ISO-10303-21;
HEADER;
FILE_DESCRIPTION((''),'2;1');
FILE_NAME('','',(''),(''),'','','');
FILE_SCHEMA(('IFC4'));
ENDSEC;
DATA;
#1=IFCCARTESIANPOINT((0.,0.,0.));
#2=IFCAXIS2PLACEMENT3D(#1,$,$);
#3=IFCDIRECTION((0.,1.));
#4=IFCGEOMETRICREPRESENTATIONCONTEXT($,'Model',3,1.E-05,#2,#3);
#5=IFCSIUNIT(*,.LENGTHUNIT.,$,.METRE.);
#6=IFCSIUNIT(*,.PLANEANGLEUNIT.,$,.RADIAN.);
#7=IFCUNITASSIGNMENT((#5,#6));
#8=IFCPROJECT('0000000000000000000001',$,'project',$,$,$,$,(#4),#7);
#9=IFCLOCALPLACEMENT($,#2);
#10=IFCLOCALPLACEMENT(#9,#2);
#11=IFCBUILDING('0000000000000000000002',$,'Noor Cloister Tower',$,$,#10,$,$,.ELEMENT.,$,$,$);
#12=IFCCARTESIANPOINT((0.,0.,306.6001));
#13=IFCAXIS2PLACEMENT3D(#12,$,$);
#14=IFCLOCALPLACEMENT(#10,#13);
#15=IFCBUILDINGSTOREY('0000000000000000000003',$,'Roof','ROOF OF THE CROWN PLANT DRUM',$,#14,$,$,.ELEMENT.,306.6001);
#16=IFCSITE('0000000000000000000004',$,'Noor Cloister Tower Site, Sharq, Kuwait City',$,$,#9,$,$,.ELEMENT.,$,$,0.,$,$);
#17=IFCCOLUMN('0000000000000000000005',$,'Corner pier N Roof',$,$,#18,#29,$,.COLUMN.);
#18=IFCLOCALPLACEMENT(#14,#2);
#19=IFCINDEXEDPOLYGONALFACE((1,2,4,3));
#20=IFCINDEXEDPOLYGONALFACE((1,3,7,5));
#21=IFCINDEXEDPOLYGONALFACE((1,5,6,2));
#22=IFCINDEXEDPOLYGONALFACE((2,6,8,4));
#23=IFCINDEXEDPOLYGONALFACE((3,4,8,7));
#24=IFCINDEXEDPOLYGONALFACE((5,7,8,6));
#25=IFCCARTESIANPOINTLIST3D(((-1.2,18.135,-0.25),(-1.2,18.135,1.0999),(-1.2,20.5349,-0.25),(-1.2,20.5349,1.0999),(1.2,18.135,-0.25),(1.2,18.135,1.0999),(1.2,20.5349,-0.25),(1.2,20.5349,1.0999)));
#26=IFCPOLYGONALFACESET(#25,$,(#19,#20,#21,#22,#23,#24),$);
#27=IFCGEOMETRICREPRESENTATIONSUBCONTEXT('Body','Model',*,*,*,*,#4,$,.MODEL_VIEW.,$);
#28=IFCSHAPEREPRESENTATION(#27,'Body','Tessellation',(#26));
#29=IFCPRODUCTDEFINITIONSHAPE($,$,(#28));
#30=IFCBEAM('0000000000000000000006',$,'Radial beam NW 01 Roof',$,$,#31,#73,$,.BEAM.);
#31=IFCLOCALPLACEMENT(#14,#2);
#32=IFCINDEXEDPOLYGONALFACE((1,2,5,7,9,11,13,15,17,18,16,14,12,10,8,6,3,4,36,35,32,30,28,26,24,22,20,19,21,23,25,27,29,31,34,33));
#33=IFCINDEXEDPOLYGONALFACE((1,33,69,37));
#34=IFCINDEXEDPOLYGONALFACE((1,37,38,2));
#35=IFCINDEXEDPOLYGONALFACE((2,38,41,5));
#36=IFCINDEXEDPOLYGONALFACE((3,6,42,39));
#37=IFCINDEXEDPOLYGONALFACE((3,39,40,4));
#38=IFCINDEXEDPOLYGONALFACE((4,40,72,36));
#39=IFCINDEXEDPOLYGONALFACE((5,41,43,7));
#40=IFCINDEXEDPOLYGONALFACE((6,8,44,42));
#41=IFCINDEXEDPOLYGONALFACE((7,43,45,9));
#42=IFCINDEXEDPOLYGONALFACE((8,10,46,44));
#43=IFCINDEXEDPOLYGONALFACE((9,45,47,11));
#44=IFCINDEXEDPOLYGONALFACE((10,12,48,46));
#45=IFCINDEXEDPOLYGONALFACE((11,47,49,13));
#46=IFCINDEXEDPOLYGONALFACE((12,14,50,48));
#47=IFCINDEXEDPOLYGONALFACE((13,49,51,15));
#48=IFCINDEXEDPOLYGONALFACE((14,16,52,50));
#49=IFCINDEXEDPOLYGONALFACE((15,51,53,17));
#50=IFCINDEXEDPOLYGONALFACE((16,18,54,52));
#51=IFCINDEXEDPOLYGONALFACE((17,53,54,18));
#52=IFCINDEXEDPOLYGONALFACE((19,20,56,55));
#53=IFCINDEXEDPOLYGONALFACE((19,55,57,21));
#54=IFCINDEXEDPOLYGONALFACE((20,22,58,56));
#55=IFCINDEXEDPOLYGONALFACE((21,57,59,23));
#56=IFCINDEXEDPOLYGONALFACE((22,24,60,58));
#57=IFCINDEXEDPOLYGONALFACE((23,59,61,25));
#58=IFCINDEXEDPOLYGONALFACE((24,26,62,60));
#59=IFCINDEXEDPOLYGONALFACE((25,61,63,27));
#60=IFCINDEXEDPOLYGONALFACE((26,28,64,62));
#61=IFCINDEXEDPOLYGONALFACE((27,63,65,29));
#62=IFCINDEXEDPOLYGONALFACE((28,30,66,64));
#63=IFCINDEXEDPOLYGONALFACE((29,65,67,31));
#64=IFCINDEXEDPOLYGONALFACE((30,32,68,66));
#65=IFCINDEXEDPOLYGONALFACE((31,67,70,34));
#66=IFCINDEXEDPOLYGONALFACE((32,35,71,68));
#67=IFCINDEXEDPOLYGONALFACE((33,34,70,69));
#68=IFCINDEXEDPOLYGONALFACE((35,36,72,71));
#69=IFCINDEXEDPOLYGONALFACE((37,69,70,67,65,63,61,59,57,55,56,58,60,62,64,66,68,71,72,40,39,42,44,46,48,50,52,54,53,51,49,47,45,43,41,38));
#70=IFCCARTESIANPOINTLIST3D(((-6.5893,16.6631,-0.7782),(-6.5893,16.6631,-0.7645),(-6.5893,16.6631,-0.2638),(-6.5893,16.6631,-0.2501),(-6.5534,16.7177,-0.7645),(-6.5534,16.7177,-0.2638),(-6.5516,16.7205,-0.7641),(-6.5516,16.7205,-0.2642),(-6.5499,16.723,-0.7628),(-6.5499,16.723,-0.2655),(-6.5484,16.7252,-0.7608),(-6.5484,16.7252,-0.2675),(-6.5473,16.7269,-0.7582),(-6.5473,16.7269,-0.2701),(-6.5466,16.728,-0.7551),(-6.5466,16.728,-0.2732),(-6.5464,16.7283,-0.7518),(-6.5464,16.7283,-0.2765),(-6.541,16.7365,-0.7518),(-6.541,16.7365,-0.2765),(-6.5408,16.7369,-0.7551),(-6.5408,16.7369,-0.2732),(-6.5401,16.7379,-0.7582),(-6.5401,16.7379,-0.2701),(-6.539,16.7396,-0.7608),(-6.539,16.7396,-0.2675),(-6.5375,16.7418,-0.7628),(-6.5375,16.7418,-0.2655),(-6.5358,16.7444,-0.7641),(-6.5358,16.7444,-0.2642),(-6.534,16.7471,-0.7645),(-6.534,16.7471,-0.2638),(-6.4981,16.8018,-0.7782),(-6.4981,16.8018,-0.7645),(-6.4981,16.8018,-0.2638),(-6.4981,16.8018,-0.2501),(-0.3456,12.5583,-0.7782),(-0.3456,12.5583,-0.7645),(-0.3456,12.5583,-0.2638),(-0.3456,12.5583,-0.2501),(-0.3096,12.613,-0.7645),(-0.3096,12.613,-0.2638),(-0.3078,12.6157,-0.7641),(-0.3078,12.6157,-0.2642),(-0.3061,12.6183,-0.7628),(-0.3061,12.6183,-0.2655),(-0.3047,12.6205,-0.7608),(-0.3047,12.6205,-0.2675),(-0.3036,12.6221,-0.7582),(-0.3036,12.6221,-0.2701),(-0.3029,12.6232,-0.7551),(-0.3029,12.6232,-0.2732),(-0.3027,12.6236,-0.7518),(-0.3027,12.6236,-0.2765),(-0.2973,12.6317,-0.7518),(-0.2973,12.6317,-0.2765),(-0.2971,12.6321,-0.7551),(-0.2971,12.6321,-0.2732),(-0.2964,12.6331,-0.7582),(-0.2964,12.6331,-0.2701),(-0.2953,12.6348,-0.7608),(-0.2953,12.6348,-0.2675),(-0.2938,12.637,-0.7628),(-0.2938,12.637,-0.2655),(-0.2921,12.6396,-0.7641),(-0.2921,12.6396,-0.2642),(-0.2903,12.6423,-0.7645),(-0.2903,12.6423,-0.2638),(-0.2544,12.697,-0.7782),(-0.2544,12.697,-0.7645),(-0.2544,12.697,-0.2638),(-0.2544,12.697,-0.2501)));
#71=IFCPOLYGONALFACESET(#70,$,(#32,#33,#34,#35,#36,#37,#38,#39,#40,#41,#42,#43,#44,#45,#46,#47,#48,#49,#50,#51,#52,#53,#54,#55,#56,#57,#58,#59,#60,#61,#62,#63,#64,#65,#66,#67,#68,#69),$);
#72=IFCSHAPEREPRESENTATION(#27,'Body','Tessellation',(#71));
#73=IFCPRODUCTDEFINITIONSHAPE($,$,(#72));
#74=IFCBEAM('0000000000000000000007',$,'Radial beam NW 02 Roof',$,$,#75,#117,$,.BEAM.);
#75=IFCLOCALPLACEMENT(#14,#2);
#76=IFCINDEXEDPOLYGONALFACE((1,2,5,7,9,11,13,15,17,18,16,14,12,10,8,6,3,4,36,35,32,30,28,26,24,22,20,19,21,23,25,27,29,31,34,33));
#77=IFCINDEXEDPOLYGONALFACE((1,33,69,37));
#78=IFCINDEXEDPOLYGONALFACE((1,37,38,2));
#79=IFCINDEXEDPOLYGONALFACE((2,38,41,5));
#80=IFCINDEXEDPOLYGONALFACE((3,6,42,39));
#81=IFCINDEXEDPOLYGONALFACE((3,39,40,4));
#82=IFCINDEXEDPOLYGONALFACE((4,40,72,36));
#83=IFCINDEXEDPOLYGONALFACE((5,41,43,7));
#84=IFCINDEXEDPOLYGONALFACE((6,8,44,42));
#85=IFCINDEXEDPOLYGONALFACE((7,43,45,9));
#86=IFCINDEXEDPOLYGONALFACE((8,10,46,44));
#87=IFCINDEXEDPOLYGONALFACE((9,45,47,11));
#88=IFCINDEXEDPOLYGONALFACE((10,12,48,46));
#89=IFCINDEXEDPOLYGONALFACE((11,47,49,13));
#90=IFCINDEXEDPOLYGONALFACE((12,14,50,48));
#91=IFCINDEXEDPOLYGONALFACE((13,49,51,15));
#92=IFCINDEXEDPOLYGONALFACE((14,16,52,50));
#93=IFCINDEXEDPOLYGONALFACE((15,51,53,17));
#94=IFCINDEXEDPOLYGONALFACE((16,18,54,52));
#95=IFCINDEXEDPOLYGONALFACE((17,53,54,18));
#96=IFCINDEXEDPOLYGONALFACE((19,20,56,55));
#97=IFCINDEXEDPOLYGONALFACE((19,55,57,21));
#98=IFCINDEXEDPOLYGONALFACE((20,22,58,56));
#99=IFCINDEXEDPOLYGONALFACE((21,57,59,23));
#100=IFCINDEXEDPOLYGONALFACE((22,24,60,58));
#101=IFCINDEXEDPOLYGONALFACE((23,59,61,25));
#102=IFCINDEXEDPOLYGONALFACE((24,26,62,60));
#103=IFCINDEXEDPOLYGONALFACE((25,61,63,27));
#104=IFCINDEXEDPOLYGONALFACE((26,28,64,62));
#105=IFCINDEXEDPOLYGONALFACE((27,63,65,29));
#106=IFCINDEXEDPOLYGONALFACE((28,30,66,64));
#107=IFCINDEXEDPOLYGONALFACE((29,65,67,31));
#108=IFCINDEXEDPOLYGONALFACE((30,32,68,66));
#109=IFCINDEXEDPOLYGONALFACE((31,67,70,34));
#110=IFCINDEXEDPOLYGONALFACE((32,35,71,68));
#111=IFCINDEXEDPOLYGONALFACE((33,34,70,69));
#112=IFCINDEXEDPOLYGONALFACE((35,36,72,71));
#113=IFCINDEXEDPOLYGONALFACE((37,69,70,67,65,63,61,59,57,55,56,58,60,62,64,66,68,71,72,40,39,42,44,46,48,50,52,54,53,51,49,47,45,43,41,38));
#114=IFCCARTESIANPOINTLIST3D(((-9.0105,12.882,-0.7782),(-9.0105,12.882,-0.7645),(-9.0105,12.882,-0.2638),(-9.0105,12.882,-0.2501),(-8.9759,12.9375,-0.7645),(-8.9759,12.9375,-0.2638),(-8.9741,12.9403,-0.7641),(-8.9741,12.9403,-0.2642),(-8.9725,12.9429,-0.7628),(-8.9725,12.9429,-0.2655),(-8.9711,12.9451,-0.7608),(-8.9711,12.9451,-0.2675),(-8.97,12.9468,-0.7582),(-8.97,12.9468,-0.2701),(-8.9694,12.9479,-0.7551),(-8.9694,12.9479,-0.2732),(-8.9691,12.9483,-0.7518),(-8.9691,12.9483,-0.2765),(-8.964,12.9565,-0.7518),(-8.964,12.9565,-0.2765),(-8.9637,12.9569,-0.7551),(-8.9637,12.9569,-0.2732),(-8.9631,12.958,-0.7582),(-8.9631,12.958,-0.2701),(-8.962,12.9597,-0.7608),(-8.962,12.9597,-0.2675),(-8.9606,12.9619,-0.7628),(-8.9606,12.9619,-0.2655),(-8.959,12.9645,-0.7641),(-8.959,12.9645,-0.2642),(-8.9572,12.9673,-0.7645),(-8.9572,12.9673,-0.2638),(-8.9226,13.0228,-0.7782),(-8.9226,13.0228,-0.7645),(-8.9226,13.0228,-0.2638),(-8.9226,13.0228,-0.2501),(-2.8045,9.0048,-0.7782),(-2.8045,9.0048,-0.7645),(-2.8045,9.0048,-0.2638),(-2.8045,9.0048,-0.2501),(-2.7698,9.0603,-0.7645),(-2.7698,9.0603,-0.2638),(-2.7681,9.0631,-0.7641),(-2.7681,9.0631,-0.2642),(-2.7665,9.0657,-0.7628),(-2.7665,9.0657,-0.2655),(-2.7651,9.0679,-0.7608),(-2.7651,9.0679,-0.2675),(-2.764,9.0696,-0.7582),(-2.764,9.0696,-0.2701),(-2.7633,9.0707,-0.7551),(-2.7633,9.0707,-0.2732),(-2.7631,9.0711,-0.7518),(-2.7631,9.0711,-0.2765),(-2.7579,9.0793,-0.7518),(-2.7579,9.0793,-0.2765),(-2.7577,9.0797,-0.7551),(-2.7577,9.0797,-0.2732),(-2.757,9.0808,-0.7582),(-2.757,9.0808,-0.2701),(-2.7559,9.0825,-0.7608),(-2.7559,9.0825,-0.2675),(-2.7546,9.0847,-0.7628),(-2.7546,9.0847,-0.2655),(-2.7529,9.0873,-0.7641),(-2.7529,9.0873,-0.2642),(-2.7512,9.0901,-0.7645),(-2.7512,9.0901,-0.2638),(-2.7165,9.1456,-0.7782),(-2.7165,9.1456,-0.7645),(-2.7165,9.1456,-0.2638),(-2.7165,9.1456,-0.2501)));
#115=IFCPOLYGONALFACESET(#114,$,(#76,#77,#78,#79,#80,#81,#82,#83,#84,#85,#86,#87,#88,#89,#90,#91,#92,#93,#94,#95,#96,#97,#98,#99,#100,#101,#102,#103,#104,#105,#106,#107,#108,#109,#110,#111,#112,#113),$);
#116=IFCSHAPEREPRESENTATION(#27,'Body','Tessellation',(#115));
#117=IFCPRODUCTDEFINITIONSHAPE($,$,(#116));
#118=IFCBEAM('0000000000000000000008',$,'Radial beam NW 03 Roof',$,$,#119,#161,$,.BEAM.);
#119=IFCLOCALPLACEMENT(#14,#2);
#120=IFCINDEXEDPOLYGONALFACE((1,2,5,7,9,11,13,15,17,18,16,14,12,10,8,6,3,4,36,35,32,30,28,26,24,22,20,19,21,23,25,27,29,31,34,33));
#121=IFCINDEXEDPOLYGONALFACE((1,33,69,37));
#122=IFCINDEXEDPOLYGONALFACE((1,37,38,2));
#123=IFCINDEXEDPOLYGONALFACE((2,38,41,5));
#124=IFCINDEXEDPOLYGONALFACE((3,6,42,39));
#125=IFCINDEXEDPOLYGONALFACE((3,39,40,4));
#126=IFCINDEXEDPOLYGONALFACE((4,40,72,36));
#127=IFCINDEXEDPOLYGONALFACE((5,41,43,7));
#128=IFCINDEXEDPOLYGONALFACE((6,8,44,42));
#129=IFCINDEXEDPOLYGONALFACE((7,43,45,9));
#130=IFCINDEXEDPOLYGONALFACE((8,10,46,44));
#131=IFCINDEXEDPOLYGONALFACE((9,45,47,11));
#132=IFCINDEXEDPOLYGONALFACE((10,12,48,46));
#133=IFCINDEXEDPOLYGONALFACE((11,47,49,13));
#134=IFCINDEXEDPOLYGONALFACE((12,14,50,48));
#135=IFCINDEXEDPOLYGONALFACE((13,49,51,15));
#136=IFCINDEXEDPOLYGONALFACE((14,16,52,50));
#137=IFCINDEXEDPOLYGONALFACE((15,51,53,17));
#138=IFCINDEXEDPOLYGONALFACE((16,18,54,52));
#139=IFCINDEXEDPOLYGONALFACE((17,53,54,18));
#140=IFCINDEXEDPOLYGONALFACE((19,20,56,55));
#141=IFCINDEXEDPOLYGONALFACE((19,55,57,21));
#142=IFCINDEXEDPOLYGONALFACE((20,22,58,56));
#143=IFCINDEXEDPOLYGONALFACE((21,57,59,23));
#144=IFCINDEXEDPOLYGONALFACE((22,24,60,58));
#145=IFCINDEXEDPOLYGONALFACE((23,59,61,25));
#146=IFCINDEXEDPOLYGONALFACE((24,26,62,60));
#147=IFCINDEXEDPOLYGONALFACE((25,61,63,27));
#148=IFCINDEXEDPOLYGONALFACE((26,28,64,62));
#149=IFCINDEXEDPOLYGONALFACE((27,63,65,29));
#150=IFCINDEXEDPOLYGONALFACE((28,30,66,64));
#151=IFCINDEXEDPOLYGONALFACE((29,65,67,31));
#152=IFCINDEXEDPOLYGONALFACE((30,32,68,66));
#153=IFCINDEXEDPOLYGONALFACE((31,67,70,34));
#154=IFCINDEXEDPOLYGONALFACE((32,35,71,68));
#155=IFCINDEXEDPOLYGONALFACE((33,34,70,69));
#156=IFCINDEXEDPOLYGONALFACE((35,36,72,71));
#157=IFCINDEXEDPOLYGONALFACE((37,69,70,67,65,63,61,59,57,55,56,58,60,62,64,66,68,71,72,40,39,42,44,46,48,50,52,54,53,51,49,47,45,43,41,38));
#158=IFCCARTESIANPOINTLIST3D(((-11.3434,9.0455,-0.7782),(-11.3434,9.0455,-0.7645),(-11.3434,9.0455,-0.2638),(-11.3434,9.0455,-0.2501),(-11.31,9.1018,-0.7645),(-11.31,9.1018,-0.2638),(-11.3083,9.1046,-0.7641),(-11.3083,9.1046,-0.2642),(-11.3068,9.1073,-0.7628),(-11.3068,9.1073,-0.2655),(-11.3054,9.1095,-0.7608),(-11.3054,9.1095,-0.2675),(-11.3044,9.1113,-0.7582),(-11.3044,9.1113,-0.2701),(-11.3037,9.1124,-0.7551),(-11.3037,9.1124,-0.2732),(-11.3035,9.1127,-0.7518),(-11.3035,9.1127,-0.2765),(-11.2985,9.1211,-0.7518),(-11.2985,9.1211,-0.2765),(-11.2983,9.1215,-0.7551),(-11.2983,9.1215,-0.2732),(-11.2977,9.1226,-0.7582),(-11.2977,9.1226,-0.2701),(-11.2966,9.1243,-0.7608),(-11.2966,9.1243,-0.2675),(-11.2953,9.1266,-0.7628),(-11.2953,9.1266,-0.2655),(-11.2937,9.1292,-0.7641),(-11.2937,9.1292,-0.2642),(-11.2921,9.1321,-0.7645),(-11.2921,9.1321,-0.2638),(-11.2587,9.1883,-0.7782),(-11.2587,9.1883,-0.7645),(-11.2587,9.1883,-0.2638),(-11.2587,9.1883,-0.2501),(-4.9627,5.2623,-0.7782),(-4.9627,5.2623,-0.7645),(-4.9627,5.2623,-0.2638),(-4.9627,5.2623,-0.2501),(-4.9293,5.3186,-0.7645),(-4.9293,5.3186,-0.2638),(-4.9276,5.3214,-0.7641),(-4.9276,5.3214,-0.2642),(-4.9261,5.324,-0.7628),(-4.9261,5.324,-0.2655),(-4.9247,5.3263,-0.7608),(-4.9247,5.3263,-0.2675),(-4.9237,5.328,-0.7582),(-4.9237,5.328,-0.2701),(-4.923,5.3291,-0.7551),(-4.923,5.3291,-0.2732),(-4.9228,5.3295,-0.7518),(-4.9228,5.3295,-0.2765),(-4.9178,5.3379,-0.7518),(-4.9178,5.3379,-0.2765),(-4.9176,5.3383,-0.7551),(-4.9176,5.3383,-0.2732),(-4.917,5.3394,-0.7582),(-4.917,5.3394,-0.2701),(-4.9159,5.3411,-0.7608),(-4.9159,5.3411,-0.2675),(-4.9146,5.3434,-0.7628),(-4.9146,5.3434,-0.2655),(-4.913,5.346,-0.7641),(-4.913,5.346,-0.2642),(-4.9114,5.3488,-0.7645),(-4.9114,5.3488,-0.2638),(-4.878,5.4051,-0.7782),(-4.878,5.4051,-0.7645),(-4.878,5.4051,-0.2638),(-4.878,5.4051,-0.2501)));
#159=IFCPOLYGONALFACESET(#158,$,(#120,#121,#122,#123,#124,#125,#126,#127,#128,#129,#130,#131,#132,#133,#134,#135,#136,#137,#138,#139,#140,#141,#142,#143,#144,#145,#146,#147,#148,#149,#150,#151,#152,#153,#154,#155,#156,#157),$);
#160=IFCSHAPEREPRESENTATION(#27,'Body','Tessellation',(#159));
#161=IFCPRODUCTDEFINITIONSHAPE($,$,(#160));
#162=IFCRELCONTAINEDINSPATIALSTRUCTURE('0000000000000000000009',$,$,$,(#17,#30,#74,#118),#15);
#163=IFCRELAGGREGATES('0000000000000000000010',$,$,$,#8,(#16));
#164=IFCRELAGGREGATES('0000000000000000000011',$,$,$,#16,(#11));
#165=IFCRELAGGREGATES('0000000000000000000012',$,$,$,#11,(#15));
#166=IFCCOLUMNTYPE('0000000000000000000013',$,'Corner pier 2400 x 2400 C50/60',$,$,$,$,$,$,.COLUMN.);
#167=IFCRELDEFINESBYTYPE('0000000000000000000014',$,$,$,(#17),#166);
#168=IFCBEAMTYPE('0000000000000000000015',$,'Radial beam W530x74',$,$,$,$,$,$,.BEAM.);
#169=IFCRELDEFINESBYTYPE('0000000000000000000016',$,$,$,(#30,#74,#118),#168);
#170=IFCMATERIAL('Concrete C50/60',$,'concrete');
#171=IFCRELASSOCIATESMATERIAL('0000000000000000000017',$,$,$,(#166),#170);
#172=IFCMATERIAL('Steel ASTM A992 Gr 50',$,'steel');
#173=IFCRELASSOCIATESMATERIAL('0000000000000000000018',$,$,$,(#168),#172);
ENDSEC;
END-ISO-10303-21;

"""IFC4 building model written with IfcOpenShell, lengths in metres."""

from ifc_helpers import new_model, si_unit, direction, frame, origin, origin_2d, place, context, subcontext, project, spatial, rectangle, i_section, extrude, material, material_profile, profile_set, type_object, element, save


model = new_model("IFC4")

# Units and contexts
model_context = context("Model", 3, precision=1e-05, world=origin(), true_north=direction((0.0, 1.0)))
body_context = subcontext(model_context, "Body", "Model", "MODEL_VIEW")
ifc_project = project(units=[si_unit("LENGTHUNIT", "METRE"), si_unit("PLANEANGLEUNIT", "RADIAN")], contexts=[model_context])

# Site, building, storey
site_placement = place(None, origin())
site = spatial("IfcSite", under=ifc_project, at=site_placement, Name="Noor Cloister Tower Site, Sharq, Kuwait City", CompositionType="ELEMENT", RefElevation=0.0)
building_placement = place(site_placement, origin())
building = spatial("IfcBuilding", under=site, at=building_placement, Name="Noor Cloister Tower", CompositionType="ELEMENT")
storey_placement = place(building_placement, frame((0.0, 0.0, 306.6001)))
storey = spatial("IfcBuildingStorey", under=building, at=storey_placement, Name="Roof", Description="ROOF OF THE CROWN PLANT DRUM", CompositionType="ELEMENT", Elevation=306.6001)

# Column
ifc_material_1 = material(Name="Concrete C50/60", Category="concrete")
ifc_material_profile_1 = material_profile(ifc_material_1, rectangle(XDim=2.3999, YDim=2.3999, at=origin_2d()), Name="RC 2400x2400")
ifc_profile_set_1 = profile_set([ifc_material_profile_1], Name="Concrete C50/60")
column_type = type_object("IfcColumnType", Name="Corner pier 2400 x 2400 C50/60", PredefinedType="COLUMN", material=ifc_profile_set_1)
column_placement = place(storey_placement, frame((0.0, 19.335, -0.25), z_axis=(0.0, 0.0, 1.0), x_axis=(0.0, 1.0, 0.0)))
element("IfcColumn", 1, at=column_placement, inside=storey, type_object=column_type, Name="Corner pier N Roof", PredefinedType="COLUMN", context=body_context, shape_type="SweptSolid", body=[
    extrude(rectangle(XDim=2.3999, YDim=2.3999, at=origin_2d()), origin(), (0.0, 0.0, 1.0), 1.3499),
])

# Beams
ifc_material_2 = material(Name="Steel ASTM A992 Gr 50", Category="steel")
ifc_material_profile_2 = material_profile(ifc_material_2, i_section(OverallWidth=0.166, OverallDepth=0.5281, WebThickness=0.0098, FlangeThickness=0.0137, FilletRadius=0.0127, at=origin_2d()), Name="W530x74")
ifc_profile_set_2 = profile_set([ifc_material_profile_2], Name="Steel ASTM A992 Gr 50")
beam_type_1 = type_object("IfcBeamType", Name="Radial beam W530x74", PredefinedType="BEAM", material=ifc_profile_set_2)
beam_1_placement = place(storey_placement, frame((-6.5437, 16.7324, -0.5142), z_axis=(0.835597, -0.549343, 0.0), x_axis=(0.549343, 0.835597, 0.0)))
element("IfcBeam", 2, at=beam_1_placement, inside=storey, type_object=beam_type_1, Name="Radial beam NW 01 Roof", PredefinedType="BEAM", context=body_context, shape_type="SweptSolid", body=[
    extrude(i_section(OverallWidth=0.166, OverallDepth=0.5281, WebThickness=0.0098, FlangeThickness=0.0137, FilletRadius=0.0127, at=origin_2d()), origin(), (0.0, 0.0, 1.0), 7.4722),
])
beam_2_placement = place(storey_placement, frame((-8.9666, 12.9524, -0.5142), z_axis=(0.848096, -0.529843, 0.0), x_axis=(0.529843, 0.848096, 0.0)))
element("IfcBeam", 3, at=beam_2_placement, inside=storey, type_object=beam_type_1, Name="Radial beam NW 02 Roof", PredefinedType="BEAM", context=body_context, shape_type="SweptSolid", body=[
    extrude(i_section(OverallWidth=0.166, OverallDepth=0.5281, WebThickness=0.0098, FlangeThickness=0.0137, FilletRadius=0.0127, at=origin_2d()), origin(), (0.0, 0.0, 1.0), 7.3176),
])
beam_3_placement = place(storey_placement, frame((-11.301, 9.1169, -0.5142), z_axis=(0.860167, -0.510012, 0.0), x_axis=(0.510012, 0.860167, 0.0)))
element("IfcBeam", 4, at=beam_3_placement, inside=storey, type_object=beam_type_1, Name="Radial beam NW 03 Roof", PredefinedType="BEAM", context=body_context, shape_type="SweptSolid", body=[
    extrude(i_section(OverallWidth=0.166, OverallDepth=0.5281, WebThickness=0.0098, FlangeThickness=0.0137, FilletRadius=0.0127, at=origin_2d()), origin(), (0.0, 0.0, 1.0), 7.418),
])

save(model, "model.ifc")
